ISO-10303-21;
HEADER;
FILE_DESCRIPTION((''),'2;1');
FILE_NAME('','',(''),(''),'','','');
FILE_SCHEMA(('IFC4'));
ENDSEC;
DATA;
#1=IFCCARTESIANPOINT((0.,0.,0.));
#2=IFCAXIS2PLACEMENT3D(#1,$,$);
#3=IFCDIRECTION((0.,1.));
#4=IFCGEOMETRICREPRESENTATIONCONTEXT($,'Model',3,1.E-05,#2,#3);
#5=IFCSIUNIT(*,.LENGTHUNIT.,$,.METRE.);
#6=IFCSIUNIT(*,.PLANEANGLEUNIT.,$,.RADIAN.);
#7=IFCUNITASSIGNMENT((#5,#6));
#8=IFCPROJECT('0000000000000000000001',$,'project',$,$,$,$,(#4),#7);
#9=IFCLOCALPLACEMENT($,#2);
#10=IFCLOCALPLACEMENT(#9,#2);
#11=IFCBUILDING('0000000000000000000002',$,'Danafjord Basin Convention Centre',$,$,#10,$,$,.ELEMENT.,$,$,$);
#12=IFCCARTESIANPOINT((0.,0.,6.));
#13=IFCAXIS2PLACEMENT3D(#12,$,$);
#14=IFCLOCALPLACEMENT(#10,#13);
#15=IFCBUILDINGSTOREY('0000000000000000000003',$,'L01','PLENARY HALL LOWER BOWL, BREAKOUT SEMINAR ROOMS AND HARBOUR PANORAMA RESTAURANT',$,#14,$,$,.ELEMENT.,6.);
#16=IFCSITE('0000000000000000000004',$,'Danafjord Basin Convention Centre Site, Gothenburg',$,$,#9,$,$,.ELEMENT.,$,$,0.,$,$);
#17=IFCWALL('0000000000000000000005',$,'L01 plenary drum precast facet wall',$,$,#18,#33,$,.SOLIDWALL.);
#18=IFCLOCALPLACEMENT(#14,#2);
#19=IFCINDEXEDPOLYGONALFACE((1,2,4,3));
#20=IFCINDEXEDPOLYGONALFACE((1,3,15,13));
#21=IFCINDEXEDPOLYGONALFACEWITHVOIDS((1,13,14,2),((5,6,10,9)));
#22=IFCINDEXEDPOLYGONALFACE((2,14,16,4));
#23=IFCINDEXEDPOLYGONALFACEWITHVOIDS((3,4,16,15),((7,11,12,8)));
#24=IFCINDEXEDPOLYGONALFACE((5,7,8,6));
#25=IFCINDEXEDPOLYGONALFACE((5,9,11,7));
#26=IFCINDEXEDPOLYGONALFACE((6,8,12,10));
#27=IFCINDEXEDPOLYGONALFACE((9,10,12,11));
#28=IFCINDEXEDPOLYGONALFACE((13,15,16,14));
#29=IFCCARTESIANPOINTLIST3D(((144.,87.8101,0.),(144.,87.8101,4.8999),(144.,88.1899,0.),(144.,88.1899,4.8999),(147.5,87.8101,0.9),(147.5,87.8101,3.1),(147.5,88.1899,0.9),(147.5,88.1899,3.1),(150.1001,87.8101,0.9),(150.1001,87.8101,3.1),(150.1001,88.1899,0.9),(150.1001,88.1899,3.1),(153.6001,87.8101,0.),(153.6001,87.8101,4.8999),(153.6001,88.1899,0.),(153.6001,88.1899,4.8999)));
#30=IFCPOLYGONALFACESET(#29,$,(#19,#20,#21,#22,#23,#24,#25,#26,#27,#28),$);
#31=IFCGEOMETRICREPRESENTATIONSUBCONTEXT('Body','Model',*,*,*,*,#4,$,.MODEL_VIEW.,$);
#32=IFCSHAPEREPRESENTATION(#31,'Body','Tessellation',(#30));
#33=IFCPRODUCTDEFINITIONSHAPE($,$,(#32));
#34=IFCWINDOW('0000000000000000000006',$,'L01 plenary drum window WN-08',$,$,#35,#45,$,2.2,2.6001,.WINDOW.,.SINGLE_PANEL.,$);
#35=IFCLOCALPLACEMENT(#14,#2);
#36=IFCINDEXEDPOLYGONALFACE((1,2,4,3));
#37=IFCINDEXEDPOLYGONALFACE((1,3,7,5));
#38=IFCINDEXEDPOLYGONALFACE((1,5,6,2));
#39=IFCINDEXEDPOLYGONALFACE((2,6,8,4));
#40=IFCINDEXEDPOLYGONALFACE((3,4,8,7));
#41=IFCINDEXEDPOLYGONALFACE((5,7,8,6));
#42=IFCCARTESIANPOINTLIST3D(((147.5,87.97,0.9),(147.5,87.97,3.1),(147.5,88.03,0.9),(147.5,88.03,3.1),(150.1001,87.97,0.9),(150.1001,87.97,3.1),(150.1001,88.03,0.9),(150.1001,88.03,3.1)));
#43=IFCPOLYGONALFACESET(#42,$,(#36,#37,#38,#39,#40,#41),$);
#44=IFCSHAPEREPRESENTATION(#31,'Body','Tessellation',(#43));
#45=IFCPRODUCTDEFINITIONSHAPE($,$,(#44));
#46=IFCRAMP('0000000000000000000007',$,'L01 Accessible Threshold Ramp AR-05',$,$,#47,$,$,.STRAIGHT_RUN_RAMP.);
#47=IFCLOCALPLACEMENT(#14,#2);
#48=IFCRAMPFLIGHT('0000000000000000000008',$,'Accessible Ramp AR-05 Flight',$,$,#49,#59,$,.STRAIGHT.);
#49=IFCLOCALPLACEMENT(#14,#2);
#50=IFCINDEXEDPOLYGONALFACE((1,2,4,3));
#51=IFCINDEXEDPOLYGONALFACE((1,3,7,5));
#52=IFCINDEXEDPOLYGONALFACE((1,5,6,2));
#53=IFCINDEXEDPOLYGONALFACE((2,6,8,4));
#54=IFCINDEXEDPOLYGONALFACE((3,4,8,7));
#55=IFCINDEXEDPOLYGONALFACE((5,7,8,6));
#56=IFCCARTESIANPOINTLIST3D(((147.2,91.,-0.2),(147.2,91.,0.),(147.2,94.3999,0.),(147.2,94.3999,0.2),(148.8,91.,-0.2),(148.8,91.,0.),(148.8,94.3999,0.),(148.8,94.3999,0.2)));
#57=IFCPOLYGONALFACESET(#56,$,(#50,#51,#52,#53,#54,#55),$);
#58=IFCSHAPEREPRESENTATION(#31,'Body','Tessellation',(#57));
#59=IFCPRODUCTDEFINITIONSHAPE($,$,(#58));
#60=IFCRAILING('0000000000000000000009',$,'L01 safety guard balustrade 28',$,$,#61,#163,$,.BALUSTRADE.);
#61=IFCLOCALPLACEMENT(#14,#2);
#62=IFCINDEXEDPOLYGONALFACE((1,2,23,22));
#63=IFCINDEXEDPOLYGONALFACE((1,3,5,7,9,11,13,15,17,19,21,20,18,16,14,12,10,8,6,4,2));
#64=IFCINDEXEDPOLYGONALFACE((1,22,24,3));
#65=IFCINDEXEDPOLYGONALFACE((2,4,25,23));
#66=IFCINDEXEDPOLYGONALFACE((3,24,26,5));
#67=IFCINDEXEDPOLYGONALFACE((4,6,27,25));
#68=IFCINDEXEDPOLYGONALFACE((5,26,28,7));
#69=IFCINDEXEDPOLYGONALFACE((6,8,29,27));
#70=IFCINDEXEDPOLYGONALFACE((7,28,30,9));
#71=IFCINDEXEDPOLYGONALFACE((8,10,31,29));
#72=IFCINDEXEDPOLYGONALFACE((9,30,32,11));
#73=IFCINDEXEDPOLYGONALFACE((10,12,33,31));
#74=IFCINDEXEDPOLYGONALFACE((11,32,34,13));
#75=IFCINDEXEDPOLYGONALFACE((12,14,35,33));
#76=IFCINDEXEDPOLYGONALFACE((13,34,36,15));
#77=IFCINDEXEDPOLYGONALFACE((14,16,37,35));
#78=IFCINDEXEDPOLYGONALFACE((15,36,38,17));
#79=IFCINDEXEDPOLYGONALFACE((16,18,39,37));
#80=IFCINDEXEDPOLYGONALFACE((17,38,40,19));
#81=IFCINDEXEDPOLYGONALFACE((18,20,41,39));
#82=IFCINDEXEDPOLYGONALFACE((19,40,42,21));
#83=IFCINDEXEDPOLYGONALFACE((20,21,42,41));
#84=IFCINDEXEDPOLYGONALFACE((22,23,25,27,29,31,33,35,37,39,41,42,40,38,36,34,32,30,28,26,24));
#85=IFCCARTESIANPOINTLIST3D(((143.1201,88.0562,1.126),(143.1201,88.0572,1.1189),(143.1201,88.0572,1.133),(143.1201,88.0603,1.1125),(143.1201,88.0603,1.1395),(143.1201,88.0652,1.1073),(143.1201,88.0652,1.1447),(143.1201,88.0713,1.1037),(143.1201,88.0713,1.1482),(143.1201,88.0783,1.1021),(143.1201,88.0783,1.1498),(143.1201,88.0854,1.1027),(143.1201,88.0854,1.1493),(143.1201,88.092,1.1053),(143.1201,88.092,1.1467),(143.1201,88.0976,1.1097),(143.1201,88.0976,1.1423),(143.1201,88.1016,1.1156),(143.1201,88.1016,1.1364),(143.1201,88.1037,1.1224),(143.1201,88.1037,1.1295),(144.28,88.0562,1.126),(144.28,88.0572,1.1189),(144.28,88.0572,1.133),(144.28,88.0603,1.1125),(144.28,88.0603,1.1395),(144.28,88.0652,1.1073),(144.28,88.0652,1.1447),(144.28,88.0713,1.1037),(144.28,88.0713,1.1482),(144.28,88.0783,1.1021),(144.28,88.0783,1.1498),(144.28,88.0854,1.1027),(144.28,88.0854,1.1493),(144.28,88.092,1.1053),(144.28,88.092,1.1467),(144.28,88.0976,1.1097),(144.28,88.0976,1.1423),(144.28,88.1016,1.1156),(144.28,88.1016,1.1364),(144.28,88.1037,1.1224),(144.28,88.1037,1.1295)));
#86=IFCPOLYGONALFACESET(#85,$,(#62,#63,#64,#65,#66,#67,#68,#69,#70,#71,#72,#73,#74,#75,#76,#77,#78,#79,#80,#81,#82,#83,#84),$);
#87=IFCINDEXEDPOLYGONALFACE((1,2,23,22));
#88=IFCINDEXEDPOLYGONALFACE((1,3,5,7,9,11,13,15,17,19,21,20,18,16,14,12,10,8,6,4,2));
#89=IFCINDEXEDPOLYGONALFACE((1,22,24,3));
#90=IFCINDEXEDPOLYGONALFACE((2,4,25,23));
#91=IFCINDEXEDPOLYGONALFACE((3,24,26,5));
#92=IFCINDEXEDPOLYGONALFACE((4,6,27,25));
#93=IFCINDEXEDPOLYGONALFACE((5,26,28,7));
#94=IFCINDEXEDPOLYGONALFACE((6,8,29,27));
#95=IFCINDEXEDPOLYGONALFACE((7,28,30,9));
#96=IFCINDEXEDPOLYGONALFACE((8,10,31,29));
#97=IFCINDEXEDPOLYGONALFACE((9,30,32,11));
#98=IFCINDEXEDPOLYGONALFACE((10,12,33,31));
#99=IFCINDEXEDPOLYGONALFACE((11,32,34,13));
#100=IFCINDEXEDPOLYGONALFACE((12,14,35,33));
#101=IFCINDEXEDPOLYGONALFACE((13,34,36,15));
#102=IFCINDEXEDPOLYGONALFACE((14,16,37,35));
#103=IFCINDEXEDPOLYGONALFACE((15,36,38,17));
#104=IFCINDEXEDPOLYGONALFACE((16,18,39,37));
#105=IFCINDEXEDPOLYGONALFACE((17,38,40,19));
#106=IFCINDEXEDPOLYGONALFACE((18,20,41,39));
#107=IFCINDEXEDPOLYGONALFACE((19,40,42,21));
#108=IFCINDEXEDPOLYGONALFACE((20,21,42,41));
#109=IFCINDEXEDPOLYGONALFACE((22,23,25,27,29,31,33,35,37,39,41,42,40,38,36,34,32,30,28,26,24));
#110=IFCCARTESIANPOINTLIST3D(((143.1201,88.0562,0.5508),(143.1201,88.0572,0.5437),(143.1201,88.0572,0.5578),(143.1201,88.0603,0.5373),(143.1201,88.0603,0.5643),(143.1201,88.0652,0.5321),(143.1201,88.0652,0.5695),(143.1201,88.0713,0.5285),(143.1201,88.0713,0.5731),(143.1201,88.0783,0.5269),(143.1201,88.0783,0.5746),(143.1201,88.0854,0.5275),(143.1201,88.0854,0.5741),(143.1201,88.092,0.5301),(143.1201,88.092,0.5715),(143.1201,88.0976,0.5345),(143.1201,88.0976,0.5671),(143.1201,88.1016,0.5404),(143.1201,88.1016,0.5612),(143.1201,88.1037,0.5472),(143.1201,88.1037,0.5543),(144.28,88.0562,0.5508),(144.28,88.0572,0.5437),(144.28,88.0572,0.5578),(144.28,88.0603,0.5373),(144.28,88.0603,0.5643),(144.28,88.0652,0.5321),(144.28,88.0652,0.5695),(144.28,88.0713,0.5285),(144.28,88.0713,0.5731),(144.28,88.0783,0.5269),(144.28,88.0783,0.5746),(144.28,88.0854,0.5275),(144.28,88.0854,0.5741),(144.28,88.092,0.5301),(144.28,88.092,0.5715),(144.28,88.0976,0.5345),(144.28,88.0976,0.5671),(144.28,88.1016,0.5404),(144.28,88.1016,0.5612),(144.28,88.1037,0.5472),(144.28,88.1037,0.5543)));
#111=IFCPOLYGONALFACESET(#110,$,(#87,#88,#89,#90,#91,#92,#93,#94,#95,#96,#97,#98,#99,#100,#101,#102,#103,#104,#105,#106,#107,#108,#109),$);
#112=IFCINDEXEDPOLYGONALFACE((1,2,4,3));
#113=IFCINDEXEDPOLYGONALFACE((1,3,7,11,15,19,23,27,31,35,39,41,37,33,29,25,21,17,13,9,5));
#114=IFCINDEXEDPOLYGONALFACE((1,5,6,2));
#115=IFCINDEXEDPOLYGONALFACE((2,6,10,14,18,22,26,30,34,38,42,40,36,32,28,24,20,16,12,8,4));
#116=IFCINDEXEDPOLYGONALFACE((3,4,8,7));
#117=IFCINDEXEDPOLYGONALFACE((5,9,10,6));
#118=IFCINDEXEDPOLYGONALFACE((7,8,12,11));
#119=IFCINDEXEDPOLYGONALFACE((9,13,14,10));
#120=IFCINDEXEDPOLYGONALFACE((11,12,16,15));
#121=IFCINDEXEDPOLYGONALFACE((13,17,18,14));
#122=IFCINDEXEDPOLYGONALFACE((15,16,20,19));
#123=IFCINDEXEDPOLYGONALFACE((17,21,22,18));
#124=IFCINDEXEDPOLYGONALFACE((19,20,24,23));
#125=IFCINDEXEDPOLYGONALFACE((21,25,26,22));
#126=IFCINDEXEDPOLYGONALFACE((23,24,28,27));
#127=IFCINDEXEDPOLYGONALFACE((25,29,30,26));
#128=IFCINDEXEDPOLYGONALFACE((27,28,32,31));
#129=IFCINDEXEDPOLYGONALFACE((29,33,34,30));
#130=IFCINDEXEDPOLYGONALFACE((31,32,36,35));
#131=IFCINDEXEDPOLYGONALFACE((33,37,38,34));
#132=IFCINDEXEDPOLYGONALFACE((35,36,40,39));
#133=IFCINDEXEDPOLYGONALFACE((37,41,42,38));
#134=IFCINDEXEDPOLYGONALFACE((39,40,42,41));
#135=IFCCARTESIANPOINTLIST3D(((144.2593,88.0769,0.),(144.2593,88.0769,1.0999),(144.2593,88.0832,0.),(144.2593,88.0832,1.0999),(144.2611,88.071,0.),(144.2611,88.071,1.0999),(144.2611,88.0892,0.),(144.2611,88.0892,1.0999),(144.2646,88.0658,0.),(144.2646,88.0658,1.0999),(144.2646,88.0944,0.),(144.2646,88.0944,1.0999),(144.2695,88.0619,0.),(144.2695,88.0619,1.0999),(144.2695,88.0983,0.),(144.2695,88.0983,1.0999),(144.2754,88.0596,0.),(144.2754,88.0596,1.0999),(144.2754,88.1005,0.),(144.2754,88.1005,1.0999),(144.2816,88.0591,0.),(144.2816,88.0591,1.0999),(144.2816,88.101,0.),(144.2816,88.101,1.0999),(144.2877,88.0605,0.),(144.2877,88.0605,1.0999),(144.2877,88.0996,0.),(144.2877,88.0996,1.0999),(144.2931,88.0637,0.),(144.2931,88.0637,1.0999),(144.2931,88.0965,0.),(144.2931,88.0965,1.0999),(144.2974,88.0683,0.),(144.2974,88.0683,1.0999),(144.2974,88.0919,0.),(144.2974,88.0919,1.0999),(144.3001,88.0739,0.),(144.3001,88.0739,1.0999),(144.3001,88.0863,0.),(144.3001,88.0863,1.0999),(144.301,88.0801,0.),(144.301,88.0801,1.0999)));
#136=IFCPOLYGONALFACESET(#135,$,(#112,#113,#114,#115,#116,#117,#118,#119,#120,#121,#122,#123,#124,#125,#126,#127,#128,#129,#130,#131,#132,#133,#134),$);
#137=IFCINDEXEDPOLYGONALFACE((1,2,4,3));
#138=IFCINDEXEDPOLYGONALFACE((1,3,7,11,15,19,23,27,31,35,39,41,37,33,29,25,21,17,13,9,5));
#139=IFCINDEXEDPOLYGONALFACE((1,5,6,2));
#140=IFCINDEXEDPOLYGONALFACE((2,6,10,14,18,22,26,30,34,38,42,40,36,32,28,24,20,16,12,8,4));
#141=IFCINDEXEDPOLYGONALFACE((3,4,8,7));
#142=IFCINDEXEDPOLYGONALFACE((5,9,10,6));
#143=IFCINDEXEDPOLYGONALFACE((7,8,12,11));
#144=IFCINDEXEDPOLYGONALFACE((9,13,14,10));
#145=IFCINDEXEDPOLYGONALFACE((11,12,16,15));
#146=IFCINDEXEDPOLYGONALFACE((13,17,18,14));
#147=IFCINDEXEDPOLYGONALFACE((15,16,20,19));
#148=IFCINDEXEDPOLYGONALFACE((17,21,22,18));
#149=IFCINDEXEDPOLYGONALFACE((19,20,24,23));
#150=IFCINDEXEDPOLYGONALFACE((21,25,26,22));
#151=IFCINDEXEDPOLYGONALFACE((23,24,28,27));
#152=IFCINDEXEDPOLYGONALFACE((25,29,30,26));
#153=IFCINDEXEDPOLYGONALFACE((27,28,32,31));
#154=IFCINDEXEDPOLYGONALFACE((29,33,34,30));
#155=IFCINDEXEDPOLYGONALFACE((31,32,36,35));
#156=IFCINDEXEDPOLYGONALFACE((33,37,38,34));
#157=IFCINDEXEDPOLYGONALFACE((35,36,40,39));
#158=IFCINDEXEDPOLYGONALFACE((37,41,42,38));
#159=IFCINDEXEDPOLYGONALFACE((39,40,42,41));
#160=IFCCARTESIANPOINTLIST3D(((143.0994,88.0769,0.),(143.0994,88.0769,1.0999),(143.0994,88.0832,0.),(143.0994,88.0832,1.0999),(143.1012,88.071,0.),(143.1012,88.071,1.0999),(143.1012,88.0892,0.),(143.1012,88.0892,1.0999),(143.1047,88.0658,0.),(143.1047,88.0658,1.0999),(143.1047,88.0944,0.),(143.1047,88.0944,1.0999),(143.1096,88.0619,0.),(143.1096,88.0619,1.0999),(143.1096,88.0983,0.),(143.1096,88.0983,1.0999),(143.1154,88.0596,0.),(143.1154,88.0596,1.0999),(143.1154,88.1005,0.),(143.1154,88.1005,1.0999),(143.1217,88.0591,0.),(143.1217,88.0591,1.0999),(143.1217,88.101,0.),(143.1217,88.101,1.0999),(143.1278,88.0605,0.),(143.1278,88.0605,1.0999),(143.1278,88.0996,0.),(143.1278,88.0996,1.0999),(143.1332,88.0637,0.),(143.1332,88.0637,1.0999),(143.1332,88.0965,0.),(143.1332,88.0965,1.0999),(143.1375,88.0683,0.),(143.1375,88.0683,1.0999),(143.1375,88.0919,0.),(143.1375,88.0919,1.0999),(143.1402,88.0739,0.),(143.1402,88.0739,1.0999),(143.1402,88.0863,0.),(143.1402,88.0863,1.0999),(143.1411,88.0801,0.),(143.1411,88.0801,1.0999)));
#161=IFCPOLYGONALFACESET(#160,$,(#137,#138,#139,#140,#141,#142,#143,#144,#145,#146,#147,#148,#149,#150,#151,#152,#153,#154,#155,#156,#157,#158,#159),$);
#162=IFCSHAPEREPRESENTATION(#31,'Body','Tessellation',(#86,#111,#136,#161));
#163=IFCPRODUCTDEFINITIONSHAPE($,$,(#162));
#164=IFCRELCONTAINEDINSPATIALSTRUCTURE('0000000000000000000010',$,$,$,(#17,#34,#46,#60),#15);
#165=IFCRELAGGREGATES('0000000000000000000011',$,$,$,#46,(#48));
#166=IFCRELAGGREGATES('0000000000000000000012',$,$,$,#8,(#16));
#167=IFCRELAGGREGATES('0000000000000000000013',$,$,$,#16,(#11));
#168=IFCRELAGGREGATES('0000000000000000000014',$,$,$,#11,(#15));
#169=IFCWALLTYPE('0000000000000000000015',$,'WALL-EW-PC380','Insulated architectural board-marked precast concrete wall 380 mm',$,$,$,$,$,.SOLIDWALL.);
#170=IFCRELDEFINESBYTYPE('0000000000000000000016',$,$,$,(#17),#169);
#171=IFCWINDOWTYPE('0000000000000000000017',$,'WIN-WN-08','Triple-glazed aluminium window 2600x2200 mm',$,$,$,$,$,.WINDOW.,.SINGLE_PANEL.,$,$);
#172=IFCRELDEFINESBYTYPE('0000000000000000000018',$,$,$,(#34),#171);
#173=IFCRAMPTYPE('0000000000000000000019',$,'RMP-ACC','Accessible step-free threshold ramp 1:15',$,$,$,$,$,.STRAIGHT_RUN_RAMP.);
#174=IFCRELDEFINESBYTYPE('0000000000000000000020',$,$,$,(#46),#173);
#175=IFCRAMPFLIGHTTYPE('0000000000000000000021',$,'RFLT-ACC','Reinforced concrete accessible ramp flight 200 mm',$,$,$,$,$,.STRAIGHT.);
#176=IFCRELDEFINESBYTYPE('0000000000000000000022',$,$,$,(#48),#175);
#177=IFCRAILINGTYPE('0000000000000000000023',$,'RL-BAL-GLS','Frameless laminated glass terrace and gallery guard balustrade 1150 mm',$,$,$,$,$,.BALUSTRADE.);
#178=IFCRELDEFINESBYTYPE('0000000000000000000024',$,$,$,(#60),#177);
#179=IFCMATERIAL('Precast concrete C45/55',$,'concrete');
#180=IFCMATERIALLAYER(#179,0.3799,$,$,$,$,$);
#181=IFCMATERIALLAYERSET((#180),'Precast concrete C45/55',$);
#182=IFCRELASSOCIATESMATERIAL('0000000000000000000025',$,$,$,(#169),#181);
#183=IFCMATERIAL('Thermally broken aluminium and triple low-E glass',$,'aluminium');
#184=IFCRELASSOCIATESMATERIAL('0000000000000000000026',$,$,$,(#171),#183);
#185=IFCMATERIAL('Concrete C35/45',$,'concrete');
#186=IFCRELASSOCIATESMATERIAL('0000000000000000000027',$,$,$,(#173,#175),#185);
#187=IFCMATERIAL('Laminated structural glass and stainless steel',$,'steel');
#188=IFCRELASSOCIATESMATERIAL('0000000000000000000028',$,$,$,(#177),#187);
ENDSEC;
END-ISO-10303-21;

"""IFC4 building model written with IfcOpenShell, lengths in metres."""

from ifc_helpers import new_model, si_unit, direction, frame, frame_2d, origin, origin_2d, place, context, subcontext, project, spatial, polyline, rectangle, circle, outline, extrude, material, layer, layer_set, type_object, element, fill, aggregate, save


model = new_model("IFC4")

# Units and contexts
model_context = context("Model", 3, precision=1e-05, world=origin(), true_north=direction((0.0, 1.0)))
body_context = subcontext(model_context, "Body", "Model", "MODEL_VIEW")
ifc_project = project(units=[si_unit("LENGTHUNIT", "METRE"), si_unit("PLANEANGLEUNIT", "RADIAN")], contexts=[model_context])

# Site, building, storey
site_placement = place(None, origin())
site = spatial("IfcSite", under=ifc_project, at=site_placement, Name="Danafjord Basin Convention Centre Site, Gothenburg", CompositionType="ELEMENT", RefElevation=0.0)
building_placement = place(site_placement, origin())
building = spatial("IfcBuilding", under=site, at=building_placement, Name="Danafjord Basin Convention Centre", CompositionType="ELEMENT")
storey_placement = place(building_placement, frame((0.0, 0.0, 6.0)))
storey = spatial("IfcBuildingStorey", under=building, at=storey_placement, Name="L01", Description="PLENARY HALL LOWER BOWL, BREAKOUT SEMINAR ROOMS AND HARBOUR PANORAMA RESTAURANT", CompositionType="ELEMENT", Elevation=6.0)

# Wall, opening, window
ifc_material_1 = material(Name="Precast concrete C45/55", Category="concrete")
ifc_layer_1 = layer(ifc_material_1, 0.3799)
ifc_layer_set_1 = layer_set([ifc_layer_1], Name="Precast concrete C45/55")
wall_type = type_object("IfcWallType", Name="WALL-EW-PC380", Description="Insulated architectural board-marked precast concrete wall 380 mm", PredefinedType="SOLIDWALL", material=ifc_layer_set_1)
wall_placement = place(storey_placement, frame((144.0, 88.0, 0.0), z_axis=(0.0, 0.0, 1.0), x_axis=(1.0, 0.0, 0.0)))
wall = element("IfcWall", 1, at=wall_placement, inside=storey, type_object=wall_type, Name="L01 plenary drum precast facet wall", PredefinedType="SOLIDWALL", context=body_context, shape_type="SweptSolid", body=[
    extrude(rectangle(XDim=9.6001, YDim=0.3799, at=frame_2d((4.8, 0.0))), origin(), (0.0, 0.0, 1.0), 4.8999),
])
opening_placement = place(wall_placement, frame((3.5, 0.0, 0.8999)))
opening = element("IfcOpeningElement", 2, at=opening_placement, cuts=wall, PredefinedType="OPENING", context=body_context, shape_type="SweptSolid", body=[
    extrude(rectangle(XDim=2.6001, YDim=2.2, at=frame_2d((1.3, 1.1001))), frame((0.0, 0.2, 0.0), z_axis=(0.0, -1.0, 0.0), x_axis=(1.0, 0.0, 0.0)), (0.0, 0.0, 1.0), 0.3999),
])
ifc_material_2 = material(Name="Thermally broken aluminium and triple low-E glass", Category="aluminium")
window_type = type_object("IfcWindowType", Name="WIN-WN-08", Description="Triple-glazed aluminium window 2600x2200 mm", PartitioningType="SINGLE_PANEL", PredefinedType="WINDOW", material=ifc_material_2)
window_placement = place(opening_placement, origin())
window = element("IfcWindow", 3, at=window_placement, inside=storey, type_object=window_type, Name="L01 plenary drum window WN-08", OverallHeight=2.2, OverallWidth=2.6001, PartitioningType="SINGLE_PANEL", PredefinedType="WINDOW", context=body_context, shape_type="SweptSolid", body=[
    extrude(rectangle(XDim=2.6001, YDim=2.2, at=frame_2d((1.3, 1.1001))), frame((0.0, 0.03, 0.0), z_axis=(0.0, -1.0, 0.0), x_axis=(1.0, 0.0, 0.0)), (0.0, 0.0, 1.0), 0.0601),
])
fill(opening, window)

# Ramp, ramp flight
ifc_material_3 = material(Name="Concrete C35/45", Category="concrete")
ramp_type = type_object("IfcRampType", Name="RMP-ACC", Description="Accessible step-free threshold ramp 1:15", PredefinedType="STRAIGHT_RUN_RAMP", material=ifc_material_3)
ramp_placement = place(storey_placement, origin())
ramp = element("IfcRamp", 4, at=ramp_placement, inside=storey, type_object=ramp_type, Name="L01 Accessible Threshold Ramp AR-05", PredefinedType="STRAIGHT_RUN_RAMP")
ramp_flight_type = type_object("IfcRampFlightType", Name="RFLT-ACC", Description="Reinforced concrete accessible ramp flight 200 mm", PredefinedType="STRAIGHT", material=ifc_material_3)
ramp_flight_placement = place(storey_placement, frame((148.0, 91.0, 0.0), z_axis=(0.0, 0.0, 1.0), x_axis=(0.0, 1.0, 0.0)))
ramp_flight = element("IfcRampFlight", 5, at=ramp_flight_placement, type_object=ramp_flight_type, Name="Accessible Ramp AR-05 Flight", PredefinedType="STRAIGHT", context=body_context, shape_type="SweptSolid", body=[
    extrude(outline(polyline([(0.0, 0.0), (3.3999, 0.2), (3.3999, 0.0), (0.0, -0.2), (0.0, 0.0)])), frame((0.0, 0.8, 0.0), z_axis=(0.0, -1.0, 0.0), x_axis=(1.0, 0.0, 0.0)), (0.0, 0.0, 1.0), 1.6001),
])
aggregate(ramp, [ramp_flight])

# Railing
ifc_material_4 = material(Name="Laminated structural glass and stainless steel", Category="steel")
railing_type_1 = type_object("IfcRailingType", Name="RL-BAL-GLS", Description="Frameless laminated glass terrace and gallery guard balustrade 1150 mm", PredefinedType="BALUSTRADE", material=ifc_material_4)
railing_1_placement = place(storey_placement, frame((144.28, 88.0801, 0.0)))
element("IfcRailing", 6, at=railing_1_placement, inside=storey, type_object=railing_type_1, Name="L01 safety guard balustrade 28", PredefinedType="BALUSTRADE", context=body_context, shape_type="SweptSolid", body=[
    extrude(circle(Radius=0.0239, at=origin_2d()), frame((0.0, 0.0, 1.126), z_axis=(-1.0, 0.0, 0.0), x_axis=(0.0, -1.0, 0.0)), (0.0, 0.0, 1.0), 1.1599),
    extrude(circle(Radius=0.0239, at=origin_2d()), frame((0.0, 0.0, 0.5508), z_axis=(-1.0, 0.0, 0.0), x_axis=(0.0, -1.0, 0.0)), (0.0, 0.0, 1.0), 1.1599),
    extrude(circle(Radius=0.021, at=origin_2d()), origin(), (0.0, 0.0, 1.0), 1.0999),
    extrude(circle(Radius=0.021, at=origin_2d()), frame((-1.1599, 0.0, 0.0)), (0.0, 0.0, 1.0), 1.0999),
])

save(model, "model.ifc")
